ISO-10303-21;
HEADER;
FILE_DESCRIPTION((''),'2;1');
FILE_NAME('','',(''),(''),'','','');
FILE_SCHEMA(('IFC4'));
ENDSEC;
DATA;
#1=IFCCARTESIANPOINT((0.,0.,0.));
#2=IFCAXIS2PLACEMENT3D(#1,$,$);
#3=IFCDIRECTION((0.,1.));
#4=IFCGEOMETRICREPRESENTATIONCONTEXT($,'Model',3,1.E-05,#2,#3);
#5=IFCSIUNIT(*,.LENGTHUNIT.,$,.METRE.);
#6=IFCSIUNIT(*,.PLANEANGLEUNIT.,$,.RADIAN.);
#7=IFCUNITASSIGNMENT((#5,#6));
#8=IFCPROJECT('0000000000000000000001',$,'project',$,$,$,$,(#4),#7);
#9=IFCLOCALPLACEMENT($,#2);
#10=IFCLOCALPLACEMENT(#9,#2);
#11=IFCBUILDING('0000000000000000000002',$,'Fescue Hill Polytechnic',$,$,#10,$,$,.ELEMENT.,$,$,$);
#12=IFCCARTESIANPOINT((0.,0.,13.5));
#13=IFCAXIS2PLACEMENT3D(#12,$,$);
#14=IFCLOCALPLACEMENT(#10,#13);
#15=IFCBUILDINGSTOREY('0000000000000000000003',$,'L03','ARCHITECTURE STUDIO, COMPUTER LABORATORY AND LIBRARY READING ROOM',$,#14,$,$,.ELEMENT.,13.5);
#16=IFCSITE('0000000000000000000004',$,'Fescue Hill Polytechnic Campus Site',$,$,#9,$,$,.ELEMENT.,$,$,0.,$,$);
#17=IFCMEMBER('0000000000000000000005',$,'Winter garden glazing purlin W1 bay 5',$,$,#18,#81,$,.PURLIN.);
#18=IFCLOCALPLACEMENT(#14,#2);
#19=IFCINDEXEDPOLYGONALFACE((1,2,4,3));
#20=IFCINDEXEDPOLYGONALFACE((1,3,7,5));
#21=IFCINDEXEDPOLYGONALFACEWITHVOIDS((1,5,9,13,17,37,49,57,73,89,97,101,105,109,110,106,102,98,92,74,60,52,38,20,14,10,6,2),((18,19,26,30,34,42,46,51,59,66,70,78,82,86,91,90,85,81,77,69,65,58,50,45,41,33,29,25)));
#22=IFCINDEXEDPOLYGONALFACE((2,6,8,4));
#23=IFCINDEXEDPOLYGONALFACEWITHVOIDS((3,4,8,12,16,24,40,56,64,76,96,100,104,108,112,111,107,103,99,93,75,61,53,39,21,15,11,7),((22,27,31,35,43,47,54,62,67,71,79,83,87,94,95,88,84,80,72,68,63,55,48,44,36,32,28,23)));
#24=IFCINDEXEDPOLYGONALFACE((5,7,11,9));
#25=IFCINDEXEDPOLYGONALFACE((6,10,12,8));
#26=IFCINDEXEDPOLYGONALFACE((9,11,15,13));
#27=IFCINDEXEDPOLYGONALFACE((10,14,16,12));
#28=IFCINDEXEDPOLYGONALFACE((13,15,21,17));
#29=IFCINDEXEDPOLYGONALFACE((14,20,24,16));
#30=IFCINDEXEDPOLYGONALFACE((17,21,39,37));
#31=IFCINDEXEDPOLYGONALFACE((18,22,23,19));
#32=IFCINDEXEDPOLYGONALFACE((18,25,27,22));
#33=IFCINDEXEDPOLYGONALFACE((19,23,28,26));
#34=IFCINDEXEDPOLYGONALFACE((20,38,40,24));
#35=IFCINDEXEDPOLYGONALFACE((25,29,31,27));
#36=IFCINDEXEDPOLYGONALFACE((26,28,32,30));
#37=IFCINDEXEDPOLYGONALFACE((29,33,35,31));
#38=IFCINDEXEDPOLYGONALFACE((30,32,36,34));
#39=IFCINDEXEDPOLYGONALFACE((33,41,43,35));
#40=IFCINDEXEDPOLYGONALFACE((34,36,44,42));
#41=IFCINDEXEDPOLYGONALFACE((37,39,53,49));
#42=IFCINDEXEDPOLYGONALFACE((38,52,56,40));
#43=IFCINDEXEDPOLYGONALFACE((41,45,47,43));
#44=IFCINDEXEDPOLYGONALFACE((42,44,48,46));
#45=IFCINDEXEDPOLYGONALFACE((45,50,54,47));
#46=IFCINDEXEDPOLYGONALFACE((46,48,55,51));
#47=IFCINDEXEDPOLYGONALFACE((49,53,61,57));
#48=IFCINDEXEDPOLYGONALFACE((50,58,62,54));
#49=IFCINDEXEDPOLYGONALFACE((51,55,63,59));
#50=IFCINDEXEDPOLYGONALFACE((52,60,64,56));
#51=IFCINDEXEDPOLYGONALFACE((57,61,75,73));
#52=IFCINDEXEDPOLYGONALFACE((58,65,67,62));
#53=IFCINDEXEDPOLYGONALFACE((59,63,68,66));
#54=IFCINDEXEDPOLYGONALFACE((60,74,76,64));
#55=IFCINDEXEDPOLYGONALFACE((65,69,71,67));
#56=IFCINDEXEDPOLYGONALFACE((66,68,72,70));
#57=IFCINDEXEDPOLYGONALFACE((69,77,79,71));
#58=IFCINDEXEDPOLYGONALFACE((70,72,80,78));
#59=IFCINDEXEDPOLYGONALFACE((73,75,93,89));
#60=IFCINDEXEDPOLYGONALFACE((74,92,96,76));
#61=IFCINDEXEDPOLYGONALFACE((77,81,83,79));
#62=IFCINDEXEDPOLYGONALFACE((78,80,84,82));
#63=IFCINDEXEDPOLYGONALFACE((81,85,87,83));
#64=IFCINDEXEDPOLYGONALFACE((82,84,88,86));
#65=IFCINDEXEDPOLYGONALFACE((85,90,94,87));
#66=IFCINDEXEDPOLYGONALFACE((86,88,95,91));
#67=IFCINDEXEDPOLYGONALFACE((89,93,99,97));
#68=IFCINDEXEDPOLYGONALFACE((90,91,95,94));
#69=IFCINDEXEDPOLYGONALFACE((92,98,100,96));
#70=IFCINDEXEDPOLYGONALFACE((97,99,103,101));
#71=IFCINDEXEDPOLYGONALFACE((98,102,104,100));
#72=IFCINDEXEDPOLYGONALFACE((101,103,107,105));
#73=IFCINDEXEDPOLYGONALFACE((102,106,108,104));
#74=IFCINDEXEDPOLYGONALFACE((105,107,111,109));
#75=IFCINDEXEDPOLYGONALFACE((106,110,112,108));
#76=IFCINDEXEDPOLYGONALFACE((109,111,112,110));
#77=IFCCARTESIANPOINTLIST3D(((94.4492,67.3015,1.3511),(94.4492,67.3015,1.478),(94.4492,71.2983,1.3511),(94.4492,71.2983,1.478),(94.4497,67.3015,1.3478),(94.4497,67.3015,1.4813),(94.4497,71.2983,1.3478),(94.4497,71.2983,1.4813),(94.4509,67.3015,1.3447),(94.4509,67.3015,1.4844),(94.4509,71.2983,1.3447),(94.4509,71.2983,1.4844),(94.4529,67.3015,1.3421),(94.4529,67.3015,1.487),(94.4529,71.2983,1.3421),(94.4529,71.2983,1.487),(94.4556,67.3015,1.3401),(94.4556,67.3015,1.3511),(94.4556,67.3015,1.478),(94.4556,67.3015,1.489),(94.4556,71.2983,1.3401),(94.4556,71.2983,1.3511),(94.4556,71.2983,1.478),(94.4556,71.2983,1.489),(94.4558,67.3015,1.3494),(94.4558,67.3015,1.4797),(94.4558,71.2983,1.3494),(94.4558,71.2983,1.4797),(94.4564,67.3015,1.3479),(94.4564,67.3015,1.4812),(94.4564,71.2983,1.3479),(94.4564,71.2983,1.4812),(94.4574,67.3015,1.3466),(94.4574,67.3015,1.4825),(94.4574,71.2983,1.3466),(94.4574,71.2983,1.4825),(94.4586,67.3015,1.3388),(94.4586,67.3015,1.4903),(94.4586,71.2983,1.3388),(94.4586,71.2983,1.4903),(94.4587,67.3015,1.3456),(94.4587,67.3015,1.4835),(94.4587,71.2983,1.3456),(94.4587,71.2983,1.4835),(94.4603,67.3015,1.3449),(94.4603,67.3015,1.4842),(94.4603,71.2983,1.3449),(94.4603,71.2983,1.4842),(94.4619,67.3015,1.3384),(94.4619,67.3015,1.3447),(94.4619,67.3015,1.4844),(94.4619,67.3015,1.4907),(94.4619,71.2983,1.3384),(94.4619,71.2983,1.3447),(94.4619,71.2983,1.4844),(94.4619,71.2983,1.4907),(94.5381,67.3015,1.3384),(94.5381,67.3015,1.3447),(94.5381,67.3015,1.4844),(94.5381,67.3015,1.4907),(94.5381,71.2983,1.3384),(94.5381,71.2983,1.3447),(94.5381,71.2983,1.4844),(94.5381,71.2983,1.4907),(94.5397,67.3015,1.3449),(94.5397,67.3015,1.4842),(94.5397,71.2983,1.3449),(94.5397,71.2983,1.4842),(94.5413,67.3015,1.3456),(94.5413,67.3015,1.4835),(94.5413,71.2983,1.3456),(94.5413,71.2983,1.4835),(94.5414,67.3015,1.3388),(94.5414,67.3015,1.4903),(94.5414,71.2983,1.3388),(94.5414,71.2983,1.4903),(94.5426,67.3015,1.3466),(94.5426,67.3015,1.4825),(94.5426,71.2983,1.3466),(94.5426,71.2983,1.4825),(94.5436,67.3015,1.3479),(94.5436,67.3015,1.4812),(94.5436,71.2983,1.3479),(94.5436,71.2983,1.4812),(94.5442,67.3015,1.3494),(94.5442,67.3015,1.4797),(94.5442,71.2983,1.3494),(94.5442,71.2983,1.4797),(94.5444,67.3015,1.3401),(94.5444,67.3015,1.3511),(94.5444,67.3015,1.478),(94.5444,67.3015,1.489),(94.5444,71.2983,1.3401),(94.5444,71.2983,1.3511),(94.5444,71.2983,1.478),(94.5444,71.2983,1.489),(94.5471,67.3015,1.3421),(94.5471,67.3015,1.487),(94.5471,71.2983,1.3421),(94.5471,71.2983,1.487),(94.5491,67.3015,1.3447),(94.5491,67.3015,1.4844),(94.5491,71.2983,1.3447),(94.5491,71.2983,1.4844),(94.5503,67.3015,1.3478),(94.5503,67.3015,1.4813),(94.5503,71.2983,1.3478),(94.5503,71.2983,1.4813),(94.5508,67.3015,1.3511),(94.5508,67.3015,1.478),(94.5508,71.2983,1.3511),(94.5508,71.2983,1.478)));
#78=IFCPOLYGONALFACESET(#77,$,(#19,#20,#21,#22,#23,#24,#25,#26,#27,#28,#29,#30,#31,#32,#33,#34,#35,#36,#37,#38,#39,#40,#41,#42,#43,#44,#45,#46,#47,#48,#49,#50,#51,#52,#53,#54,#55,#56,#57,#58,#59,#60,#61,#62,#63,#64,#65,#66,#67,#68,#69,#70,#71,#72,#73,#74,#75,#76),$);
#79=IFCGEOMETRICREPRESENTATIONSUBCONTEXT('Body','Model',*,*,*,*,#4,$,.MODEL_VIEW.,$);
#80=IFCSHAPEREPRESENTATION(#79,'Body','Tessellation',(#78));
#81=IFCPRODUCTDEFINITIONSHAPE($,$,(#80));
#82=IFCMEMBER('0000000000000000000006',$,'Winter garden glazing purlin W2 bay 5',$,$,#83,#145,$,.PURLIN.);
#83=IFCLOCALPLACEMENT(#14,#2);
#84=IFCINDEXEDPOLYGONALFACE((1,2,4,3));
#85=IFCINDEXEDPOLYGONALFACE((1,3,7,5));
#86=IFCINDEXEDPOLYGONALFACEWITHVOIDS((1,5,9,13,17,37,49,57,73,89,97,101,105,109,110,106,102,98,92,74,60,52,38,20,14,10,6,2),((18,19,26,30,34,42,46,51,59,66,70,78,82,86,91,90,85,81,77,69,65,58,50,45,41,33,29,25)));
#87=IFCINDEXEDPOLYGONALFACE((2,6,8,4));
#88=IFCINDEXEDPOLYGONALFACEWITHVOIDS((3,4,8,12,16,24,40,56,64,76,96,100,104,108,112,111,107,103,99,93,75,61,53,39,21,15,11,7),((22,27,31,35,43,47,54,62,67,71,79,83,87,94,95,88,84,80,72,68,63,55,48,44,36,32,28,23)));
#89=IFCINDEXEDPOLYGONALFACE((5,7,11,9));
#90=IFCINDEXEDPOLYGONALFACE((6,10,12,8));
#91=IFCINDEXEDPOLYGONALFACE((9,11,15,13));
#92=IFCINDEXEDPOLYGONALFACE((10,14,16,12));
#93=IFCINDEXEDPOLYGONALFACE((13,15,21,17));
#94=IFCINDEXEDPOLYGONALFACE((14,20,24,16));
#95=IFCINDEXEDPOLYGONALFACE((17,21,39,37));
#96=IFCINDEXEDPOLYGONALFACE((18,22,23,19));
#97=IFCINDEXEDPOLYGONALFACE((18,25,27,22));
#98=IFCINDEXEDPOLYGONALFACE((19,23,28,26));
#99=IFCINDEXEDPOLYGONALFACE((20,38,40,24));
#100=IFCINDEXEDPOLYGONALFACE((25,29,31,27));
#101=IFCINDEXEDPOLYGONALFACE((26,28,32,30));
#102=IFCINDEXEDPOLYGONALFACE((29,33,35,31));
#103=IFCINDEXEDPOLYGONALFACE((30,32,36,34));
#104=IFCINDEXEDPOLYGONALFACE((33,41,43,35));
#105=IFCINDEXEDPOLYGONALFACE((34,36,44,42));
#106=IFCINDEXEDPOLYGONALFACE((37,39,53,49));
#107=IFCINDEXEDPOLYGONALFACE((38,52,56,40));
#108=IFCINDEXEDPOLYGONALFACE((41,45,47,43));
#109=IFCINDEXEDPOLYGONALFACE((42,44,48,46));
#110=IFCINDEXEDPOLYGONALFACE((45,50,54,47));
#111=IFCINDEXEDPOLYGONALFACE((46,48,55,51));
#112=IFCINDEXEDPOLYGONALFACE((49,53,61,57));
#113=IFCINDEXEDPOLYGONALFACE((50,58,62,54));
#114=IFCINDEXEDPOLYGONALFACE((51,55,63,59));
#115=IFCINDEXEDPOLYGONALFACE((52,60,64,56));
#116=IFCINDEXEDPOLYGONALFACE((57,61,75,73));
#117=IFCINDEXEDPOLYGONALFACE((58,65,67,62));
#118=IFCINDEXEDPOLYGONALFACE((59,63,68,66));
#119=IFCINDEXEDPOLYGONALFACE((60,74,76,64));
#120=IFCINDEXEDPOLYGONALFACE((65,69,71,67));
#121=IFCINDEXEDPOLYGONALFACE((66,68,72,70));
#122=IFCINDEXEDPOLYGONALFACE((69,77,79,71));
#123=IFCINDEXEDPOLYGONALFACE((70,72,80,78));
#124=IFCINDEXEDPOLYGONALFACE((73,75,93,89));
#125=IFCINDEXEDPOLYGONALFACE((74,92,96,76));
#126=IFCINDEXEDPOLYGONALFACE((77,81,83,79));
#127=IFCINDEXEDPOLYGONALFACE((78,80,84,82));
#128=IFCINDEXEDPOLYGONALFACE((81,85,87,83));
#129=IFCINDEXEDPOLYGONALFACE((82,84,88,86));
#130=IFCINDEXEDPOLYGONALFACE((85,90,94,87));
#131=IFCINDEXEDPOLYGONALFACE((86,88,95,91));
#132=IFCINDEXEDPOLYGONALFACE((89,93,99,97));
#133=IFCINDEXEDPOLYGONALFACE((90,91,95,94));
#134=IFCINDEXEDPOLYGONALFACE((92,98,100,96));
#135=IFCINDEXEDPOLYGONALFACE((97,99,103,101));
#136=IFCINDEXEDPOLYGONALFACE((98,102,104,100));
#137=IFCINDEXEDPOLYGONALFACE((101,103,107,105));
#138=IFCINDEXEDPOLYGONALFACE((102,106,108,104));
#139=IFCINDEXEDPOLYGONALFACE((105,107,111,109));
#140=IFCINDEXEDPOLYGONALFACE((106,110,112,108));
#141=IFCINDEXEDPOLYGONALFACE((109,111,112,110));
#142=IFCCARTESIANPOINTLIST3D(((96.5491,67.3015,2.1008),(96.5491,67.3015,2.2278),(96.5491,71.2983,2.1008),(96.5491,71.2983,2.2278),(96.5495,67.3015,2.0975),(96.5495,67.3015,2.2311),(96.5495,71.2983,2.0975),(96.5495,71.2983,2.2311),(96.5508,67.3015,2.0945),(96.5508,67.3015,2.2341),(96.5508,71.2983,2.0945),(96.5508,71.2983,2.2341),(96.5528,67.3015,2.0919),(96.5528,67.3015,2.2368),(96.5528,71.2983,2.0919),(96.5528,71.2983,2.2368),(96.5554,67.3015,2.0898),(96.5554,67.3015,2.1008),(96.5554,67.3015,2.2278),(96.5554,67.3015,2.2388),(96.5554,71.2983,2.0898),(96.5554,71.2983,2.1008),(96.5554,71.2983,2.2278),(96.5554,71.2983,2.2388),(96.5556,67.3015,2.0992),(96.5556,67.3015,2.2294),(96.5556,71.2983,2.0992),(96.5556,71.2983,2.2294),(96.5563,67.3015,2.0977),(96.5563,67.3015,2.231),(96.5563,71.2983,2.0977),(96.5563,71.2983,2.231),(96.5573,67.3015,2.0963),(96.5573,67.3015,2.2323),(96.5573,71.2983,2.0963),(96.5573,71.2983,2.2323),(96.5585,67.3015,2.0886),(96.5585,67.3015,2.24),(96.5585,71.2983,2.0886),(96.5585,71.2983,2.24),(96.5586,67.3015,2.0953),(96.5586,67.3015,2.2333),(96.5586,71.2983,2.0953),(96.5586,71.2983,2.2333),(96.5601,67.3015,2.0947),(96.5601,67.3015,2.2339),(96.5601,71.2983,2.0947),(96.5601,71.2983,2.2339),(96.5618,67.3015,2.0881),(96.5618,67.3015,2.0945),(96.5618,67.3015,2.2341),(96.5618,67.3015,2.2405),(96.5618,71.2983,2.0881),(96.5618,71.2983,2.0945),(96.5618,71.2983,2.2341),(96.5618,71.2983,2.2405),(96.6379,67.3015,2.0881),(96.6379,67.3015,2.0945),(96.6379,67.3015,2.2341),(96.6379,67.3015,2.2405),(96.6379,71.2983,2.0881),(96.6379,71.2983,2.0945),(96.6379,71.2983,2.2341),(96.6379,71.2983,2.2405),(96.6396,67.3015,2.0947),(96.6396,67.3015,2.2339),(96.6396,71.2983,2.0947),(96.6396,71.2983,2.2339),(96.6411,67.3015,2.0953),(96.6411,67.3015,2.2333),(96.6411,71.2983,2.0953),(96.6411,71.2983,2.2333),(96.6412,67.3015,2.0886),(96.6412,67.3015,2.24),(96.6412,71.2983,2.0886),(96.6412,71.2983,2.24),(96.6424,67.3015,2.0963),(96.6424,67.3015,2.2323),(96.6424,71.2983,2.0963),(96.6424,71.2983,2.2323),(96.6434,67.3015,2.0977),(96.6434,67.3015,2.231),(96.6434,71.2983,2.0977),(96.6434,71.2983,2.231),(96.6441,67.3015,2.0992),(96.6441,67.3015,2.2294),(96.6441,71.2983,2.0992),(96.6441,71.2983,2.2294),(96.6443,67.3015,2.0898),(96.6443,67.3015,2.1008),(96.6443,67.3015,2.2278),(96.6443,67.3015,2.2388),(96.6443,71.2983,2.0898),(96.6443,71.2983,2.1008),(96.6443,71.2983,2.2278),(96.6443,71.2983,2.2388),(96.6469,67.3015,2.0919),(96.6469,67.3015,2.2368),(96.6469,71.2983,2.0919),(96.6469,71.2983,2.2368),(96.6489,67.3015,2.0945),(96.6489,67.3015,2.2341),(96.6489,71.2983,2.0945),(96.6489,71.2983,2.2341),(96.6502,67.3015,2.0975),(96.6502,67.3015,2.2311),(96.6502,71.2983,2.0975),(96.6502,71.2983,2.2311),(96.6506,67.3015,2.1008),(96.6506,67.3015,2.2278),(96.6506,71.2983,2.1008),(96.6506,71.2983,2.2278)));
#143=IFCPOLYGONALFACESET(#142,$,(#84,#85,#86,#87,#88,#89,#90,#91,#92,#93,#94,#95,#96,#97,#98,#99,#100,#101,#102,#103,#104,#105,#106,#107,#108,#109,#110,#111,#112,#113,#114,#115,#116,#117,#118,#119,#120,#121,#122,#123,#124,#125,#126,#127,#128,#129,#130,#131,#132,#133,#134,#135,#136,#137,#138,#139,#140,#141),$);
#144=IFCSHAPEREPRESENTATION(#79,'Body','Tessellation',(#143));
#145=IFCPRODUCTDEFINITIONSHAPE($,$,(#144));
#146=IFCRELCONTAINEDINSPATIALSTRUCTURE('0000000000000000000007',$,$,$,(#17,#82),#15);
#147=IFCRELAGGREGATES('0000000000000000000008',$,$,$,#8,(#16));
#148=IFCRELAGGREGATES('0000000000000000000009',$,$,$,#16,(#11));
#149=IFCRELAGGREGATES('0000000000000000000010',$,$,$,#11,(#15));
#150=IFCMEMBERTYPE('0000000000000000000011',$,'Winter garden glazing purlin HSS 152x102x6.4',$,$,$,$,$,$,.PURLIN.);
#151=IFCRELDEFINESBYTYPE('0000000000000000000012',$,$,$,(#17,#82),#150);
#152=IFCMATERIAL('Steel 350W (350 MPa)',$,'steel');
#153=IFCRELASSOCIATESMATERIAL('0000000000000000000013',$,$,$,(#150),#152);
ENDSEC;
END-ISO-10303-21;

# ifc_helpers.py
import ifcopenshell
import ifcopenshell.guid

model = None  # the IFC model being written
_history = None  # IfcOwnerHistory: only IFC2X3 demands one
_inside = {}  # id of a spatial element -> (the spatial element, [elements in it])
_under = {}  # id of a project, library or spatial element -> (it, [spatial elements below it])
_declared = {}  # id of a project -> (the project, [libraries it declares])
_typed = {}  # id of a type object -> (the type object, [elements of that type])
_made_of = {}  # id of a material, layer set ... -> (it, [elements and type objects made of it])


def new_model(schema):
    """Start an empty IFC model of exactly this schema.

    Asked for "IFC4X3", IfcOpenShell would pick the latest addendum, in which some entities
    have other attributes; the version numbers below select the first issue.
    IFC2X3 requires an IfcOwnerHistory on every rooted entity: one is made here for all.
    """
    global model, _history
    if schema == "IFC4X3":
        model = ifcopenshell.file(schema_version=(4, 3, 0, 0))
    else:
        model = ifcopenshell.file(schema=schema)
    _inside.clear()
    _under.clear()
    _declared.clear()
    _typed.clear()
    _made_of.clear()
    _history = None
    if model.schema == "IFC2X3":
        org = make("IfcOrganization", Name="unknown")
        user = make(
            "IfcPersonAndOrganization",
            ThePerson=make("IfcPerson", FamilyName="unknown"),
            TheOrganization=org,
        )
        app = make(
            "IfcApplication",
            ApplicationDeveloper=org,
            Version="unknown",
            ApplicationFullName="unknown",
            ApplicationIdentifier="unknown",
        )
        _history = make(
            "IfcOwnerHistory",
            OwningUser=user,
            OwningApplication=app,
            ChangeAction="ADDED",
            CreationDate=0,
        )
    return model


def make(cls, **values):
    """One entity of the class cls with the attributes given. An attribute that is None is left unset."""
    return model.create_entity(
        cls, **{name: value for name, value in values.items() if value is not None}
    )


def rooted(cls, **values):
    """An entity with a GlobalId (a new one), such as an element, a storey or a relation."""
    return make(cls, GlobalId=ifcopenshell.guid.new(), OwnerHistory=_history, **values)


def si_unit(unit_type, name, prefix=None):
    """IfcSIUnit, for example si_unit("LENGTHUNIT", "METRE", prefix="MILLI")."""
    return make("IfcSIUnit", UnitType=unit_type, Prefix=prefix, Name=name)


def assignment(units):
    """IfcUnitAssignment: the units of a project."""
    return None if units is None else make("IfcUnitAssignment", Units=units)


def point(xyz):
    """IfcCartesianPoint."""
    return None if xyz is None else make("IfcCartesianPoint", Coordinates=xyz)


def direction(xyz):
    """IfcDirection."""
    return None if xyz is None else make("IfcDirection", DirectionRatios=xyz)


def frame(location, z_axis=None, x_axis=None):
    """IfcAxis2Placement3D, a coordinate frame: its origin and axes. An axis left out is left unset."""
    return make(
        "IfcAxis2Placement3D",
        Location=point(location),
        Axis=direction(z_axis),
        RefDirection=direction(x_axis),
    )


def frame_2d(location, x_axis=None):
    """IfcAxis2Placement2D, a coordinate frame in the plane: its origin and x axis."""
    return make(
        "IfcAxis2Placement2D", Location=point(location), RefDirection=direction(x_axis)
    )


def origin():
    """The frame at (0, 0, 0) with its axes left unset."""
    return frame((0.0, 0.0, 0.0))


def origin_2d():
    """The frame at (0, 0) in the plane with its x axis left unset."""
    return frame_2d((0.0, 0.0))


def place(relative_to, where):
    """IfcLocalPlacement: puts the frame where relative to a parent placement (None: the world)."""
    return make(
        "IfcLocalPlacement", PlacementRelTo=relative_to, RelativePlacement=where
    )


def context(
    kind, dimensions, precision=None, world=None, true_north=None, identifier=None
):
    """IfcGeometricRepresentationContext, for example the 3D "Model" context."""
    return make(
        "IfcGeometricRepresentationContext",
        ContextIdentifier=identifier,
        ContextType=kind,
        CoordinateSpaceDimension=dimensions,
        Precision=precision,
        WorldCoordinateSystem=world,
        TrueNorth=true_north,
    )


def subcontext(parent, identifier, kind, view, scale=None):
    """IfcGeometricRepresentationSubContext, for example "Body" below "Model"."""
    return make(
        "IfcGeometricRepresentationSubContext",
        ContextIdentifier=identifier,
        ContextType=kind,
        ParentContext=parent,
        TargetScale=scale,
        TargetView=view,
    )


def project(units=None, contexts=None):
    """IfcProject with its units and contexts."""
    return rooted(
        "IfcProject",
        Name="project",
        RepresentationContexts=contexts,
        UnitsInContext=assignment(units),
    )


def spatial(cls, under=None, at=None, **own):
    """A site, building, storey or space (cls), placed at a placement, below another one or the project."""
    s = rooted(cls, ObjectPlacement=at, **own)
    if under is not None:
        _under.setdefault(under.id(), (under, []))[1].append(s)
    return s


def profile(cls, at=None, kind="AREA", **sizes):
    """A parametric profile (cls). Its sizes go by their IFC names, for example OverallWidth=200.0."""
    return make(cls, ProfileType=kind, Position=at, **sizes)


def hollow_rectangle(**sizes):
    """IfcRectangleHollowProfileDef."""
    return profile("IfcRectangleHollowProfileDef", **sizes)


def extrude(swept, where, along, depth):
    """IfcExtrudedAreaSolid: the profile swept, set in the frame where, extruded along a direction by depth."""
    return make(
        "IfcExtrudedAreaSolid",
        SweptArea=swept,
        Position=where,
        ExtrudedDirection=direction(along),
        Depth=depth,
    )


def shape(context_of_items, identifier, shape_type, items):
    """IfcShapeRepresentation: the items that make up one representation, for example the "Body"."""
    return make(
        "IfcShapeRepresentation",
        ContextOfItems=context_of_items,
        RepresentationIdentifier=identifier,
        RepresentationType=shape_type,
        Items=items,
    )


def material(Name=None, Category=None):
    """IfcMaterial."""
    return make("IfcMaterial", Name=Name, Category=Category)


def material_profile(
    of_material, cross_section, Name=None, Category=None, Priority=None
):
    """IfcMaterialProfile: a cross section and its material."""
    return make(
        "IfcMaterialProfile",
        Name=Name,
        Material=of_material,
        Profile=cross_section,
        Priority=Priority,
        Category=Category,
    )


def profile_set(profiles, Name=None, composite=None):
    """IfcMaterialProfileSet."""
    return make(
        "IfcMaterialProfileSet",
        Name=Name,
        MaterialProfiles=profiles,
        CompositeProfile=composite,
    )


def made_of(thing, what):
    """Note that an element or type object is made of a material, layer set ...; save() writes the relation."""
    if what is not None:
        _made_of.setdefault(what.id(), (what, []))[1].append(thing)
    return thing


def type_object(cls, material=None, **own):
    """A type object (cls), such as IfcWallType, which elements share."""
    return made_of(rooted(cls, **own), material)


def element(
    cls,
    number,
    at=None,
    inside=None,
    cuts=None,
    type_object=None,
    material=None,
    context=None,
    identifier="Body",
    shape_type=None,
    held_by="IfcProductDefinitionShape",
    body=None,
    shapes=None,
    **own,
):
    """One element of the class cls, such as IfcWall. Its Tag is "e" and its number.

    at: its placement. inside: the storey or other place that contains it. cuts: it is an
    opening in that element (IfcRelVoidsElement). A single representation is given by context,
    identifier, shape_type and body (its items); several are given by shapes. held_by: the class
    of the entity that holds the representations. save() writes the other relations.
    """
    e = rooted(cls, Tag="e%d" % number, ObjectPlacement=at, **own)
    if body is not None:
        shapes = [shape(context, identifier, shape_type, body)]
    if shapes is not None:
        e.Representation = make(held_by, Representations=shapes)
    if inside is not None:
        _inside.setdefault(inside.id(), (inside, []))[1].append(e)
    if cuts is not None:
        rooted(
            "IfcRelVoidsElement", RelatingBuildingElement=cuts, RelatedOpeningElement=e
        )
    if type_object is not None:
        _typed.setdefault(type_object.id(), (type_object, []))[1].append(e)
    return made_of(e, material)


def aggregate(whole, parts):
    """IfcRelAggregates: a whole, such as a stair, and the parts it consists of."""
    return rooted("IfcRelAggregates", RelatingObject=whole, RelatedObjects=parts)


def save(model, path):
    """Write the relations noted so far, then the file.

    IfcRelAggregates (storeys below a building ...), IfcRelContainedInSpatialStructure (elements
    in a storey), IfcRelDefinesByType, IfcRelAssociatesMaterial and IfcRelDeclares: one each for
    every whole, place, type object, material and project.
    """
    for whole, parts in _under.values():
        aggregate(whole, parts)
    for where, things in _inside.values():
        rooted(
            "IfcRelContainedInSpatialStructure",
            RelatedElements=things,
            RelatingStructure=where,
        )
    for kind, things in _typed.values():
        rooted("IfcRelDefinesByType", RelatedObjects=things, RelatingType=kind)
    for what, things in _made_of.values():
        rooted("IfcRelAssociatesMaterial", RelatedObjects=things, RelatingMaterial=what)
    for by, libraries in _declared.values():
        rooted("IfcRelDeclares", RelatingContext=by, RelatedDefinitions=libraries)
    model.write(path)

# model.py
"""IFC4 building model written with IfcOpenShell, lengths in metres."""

from ifc_helpers import new_model, si_unit, direction, frame, origin, origin_2d, place, context, subcontext, project, spatial, hollow_rectangle, extrude, material, material_profile, profile_set, type_object, element, save


model = new_model("IFC4")

# Units and contexts
model_context = context("Model", 3, precision=1e-05, world=origin(), true_north=direction((0.0, 1.0)))
body_context = subcontext(model_context, "Body", "Model", "MODEL_VIEW")
ifc_project = project(units=[si_unit("LENGTHUNIT", "METRE"), si_unit("PLANEANGLEUNIT", "RADIAN")], contexts=[model_context])

# Site, building, storey
site_placement = place(None, origin())
site = spatial("IfcSite", under=ifc_project, at=site_placement, Name="Fescue Hill Polytechnic Campus Site", CompositionType="ELEMENT", RefElevation=0.0)
building_placement = place(site_placement, origin())
building = spatial("IfcBuilding", under=site, at=building_placement, Name="Fescue Hill Polytechnic", CompositionType="ELEMENT")
storey_placement = place(building_placement, frame((0.0, 0.0, 13.5)))
storey = spatial("IfcBuildingStorey", under=building, at=storey_placement, Name="L03", Description="ARCHITECTURE STUDIO, COMPUTER LABORATORY AND LIBRARY READING ROOM", CompositionType="ELEMENT", Elevation=13.5)

# Members
ifc_material_1 = material(Name="Steel 350W (350 MPa)", Category="steel")
ifc_material_profile_1 = material_profile(ifc_material_1, hollow_rectangle(XDim=0.1016, YDim=0.1523, WallThickness=0.0063, InnerFilletRadius=0.0063, OuterFilletRadius=0.0127, at=origin_2d()), Name="Winter garden glazing purlin HSS 152x102x6.4")
ifc_profile_set_1 = profile_set([ifc_material_profile_1], Name="Steel 350W (350 MPa)")
member_type_1 = type_object("IfcMemberType", Name="Winter garden glazing purlin HSS 152x102x6.4", PredefinedType="PURLIN", material=ifc_profile_set_1)
for number, where, z_axis, x_axis, name in (
    (1, (94.5, 67.3015, 1.4146), (0.0, 1.0, 0.0), (-1.0, 0.0, 0.0), "Winter garden glazing purlin W1 bay 5"),
    (2, (96.5999, 67.3015, 2.1643), (0.0, 1.0, 0.0), (-1.0, 0.0, 0.0), "Winter garden glazing purlin W2 bay 5"),
):
    element("IfcMember", number, at=place(storey_placement, frame(where, z_axis=z_axis, x_axis=x_axis)), inside=storey, type_object=member_type_1, Name=name, PredefinedType="PURLIN", context=body_context, shape_type="SweptSolid", body=[
        extrude(hollow_rectangle(XDim=0.1016, YDim=0.1523, WallThickness=0.0063, InnerFilletRadius=0.0063, OuterFilletRadius=0.0127, at=origin_2d()), origin(), (0.0, 0.0, 1.0), 3.9968),
    ])

save(model, "model.ifc")
